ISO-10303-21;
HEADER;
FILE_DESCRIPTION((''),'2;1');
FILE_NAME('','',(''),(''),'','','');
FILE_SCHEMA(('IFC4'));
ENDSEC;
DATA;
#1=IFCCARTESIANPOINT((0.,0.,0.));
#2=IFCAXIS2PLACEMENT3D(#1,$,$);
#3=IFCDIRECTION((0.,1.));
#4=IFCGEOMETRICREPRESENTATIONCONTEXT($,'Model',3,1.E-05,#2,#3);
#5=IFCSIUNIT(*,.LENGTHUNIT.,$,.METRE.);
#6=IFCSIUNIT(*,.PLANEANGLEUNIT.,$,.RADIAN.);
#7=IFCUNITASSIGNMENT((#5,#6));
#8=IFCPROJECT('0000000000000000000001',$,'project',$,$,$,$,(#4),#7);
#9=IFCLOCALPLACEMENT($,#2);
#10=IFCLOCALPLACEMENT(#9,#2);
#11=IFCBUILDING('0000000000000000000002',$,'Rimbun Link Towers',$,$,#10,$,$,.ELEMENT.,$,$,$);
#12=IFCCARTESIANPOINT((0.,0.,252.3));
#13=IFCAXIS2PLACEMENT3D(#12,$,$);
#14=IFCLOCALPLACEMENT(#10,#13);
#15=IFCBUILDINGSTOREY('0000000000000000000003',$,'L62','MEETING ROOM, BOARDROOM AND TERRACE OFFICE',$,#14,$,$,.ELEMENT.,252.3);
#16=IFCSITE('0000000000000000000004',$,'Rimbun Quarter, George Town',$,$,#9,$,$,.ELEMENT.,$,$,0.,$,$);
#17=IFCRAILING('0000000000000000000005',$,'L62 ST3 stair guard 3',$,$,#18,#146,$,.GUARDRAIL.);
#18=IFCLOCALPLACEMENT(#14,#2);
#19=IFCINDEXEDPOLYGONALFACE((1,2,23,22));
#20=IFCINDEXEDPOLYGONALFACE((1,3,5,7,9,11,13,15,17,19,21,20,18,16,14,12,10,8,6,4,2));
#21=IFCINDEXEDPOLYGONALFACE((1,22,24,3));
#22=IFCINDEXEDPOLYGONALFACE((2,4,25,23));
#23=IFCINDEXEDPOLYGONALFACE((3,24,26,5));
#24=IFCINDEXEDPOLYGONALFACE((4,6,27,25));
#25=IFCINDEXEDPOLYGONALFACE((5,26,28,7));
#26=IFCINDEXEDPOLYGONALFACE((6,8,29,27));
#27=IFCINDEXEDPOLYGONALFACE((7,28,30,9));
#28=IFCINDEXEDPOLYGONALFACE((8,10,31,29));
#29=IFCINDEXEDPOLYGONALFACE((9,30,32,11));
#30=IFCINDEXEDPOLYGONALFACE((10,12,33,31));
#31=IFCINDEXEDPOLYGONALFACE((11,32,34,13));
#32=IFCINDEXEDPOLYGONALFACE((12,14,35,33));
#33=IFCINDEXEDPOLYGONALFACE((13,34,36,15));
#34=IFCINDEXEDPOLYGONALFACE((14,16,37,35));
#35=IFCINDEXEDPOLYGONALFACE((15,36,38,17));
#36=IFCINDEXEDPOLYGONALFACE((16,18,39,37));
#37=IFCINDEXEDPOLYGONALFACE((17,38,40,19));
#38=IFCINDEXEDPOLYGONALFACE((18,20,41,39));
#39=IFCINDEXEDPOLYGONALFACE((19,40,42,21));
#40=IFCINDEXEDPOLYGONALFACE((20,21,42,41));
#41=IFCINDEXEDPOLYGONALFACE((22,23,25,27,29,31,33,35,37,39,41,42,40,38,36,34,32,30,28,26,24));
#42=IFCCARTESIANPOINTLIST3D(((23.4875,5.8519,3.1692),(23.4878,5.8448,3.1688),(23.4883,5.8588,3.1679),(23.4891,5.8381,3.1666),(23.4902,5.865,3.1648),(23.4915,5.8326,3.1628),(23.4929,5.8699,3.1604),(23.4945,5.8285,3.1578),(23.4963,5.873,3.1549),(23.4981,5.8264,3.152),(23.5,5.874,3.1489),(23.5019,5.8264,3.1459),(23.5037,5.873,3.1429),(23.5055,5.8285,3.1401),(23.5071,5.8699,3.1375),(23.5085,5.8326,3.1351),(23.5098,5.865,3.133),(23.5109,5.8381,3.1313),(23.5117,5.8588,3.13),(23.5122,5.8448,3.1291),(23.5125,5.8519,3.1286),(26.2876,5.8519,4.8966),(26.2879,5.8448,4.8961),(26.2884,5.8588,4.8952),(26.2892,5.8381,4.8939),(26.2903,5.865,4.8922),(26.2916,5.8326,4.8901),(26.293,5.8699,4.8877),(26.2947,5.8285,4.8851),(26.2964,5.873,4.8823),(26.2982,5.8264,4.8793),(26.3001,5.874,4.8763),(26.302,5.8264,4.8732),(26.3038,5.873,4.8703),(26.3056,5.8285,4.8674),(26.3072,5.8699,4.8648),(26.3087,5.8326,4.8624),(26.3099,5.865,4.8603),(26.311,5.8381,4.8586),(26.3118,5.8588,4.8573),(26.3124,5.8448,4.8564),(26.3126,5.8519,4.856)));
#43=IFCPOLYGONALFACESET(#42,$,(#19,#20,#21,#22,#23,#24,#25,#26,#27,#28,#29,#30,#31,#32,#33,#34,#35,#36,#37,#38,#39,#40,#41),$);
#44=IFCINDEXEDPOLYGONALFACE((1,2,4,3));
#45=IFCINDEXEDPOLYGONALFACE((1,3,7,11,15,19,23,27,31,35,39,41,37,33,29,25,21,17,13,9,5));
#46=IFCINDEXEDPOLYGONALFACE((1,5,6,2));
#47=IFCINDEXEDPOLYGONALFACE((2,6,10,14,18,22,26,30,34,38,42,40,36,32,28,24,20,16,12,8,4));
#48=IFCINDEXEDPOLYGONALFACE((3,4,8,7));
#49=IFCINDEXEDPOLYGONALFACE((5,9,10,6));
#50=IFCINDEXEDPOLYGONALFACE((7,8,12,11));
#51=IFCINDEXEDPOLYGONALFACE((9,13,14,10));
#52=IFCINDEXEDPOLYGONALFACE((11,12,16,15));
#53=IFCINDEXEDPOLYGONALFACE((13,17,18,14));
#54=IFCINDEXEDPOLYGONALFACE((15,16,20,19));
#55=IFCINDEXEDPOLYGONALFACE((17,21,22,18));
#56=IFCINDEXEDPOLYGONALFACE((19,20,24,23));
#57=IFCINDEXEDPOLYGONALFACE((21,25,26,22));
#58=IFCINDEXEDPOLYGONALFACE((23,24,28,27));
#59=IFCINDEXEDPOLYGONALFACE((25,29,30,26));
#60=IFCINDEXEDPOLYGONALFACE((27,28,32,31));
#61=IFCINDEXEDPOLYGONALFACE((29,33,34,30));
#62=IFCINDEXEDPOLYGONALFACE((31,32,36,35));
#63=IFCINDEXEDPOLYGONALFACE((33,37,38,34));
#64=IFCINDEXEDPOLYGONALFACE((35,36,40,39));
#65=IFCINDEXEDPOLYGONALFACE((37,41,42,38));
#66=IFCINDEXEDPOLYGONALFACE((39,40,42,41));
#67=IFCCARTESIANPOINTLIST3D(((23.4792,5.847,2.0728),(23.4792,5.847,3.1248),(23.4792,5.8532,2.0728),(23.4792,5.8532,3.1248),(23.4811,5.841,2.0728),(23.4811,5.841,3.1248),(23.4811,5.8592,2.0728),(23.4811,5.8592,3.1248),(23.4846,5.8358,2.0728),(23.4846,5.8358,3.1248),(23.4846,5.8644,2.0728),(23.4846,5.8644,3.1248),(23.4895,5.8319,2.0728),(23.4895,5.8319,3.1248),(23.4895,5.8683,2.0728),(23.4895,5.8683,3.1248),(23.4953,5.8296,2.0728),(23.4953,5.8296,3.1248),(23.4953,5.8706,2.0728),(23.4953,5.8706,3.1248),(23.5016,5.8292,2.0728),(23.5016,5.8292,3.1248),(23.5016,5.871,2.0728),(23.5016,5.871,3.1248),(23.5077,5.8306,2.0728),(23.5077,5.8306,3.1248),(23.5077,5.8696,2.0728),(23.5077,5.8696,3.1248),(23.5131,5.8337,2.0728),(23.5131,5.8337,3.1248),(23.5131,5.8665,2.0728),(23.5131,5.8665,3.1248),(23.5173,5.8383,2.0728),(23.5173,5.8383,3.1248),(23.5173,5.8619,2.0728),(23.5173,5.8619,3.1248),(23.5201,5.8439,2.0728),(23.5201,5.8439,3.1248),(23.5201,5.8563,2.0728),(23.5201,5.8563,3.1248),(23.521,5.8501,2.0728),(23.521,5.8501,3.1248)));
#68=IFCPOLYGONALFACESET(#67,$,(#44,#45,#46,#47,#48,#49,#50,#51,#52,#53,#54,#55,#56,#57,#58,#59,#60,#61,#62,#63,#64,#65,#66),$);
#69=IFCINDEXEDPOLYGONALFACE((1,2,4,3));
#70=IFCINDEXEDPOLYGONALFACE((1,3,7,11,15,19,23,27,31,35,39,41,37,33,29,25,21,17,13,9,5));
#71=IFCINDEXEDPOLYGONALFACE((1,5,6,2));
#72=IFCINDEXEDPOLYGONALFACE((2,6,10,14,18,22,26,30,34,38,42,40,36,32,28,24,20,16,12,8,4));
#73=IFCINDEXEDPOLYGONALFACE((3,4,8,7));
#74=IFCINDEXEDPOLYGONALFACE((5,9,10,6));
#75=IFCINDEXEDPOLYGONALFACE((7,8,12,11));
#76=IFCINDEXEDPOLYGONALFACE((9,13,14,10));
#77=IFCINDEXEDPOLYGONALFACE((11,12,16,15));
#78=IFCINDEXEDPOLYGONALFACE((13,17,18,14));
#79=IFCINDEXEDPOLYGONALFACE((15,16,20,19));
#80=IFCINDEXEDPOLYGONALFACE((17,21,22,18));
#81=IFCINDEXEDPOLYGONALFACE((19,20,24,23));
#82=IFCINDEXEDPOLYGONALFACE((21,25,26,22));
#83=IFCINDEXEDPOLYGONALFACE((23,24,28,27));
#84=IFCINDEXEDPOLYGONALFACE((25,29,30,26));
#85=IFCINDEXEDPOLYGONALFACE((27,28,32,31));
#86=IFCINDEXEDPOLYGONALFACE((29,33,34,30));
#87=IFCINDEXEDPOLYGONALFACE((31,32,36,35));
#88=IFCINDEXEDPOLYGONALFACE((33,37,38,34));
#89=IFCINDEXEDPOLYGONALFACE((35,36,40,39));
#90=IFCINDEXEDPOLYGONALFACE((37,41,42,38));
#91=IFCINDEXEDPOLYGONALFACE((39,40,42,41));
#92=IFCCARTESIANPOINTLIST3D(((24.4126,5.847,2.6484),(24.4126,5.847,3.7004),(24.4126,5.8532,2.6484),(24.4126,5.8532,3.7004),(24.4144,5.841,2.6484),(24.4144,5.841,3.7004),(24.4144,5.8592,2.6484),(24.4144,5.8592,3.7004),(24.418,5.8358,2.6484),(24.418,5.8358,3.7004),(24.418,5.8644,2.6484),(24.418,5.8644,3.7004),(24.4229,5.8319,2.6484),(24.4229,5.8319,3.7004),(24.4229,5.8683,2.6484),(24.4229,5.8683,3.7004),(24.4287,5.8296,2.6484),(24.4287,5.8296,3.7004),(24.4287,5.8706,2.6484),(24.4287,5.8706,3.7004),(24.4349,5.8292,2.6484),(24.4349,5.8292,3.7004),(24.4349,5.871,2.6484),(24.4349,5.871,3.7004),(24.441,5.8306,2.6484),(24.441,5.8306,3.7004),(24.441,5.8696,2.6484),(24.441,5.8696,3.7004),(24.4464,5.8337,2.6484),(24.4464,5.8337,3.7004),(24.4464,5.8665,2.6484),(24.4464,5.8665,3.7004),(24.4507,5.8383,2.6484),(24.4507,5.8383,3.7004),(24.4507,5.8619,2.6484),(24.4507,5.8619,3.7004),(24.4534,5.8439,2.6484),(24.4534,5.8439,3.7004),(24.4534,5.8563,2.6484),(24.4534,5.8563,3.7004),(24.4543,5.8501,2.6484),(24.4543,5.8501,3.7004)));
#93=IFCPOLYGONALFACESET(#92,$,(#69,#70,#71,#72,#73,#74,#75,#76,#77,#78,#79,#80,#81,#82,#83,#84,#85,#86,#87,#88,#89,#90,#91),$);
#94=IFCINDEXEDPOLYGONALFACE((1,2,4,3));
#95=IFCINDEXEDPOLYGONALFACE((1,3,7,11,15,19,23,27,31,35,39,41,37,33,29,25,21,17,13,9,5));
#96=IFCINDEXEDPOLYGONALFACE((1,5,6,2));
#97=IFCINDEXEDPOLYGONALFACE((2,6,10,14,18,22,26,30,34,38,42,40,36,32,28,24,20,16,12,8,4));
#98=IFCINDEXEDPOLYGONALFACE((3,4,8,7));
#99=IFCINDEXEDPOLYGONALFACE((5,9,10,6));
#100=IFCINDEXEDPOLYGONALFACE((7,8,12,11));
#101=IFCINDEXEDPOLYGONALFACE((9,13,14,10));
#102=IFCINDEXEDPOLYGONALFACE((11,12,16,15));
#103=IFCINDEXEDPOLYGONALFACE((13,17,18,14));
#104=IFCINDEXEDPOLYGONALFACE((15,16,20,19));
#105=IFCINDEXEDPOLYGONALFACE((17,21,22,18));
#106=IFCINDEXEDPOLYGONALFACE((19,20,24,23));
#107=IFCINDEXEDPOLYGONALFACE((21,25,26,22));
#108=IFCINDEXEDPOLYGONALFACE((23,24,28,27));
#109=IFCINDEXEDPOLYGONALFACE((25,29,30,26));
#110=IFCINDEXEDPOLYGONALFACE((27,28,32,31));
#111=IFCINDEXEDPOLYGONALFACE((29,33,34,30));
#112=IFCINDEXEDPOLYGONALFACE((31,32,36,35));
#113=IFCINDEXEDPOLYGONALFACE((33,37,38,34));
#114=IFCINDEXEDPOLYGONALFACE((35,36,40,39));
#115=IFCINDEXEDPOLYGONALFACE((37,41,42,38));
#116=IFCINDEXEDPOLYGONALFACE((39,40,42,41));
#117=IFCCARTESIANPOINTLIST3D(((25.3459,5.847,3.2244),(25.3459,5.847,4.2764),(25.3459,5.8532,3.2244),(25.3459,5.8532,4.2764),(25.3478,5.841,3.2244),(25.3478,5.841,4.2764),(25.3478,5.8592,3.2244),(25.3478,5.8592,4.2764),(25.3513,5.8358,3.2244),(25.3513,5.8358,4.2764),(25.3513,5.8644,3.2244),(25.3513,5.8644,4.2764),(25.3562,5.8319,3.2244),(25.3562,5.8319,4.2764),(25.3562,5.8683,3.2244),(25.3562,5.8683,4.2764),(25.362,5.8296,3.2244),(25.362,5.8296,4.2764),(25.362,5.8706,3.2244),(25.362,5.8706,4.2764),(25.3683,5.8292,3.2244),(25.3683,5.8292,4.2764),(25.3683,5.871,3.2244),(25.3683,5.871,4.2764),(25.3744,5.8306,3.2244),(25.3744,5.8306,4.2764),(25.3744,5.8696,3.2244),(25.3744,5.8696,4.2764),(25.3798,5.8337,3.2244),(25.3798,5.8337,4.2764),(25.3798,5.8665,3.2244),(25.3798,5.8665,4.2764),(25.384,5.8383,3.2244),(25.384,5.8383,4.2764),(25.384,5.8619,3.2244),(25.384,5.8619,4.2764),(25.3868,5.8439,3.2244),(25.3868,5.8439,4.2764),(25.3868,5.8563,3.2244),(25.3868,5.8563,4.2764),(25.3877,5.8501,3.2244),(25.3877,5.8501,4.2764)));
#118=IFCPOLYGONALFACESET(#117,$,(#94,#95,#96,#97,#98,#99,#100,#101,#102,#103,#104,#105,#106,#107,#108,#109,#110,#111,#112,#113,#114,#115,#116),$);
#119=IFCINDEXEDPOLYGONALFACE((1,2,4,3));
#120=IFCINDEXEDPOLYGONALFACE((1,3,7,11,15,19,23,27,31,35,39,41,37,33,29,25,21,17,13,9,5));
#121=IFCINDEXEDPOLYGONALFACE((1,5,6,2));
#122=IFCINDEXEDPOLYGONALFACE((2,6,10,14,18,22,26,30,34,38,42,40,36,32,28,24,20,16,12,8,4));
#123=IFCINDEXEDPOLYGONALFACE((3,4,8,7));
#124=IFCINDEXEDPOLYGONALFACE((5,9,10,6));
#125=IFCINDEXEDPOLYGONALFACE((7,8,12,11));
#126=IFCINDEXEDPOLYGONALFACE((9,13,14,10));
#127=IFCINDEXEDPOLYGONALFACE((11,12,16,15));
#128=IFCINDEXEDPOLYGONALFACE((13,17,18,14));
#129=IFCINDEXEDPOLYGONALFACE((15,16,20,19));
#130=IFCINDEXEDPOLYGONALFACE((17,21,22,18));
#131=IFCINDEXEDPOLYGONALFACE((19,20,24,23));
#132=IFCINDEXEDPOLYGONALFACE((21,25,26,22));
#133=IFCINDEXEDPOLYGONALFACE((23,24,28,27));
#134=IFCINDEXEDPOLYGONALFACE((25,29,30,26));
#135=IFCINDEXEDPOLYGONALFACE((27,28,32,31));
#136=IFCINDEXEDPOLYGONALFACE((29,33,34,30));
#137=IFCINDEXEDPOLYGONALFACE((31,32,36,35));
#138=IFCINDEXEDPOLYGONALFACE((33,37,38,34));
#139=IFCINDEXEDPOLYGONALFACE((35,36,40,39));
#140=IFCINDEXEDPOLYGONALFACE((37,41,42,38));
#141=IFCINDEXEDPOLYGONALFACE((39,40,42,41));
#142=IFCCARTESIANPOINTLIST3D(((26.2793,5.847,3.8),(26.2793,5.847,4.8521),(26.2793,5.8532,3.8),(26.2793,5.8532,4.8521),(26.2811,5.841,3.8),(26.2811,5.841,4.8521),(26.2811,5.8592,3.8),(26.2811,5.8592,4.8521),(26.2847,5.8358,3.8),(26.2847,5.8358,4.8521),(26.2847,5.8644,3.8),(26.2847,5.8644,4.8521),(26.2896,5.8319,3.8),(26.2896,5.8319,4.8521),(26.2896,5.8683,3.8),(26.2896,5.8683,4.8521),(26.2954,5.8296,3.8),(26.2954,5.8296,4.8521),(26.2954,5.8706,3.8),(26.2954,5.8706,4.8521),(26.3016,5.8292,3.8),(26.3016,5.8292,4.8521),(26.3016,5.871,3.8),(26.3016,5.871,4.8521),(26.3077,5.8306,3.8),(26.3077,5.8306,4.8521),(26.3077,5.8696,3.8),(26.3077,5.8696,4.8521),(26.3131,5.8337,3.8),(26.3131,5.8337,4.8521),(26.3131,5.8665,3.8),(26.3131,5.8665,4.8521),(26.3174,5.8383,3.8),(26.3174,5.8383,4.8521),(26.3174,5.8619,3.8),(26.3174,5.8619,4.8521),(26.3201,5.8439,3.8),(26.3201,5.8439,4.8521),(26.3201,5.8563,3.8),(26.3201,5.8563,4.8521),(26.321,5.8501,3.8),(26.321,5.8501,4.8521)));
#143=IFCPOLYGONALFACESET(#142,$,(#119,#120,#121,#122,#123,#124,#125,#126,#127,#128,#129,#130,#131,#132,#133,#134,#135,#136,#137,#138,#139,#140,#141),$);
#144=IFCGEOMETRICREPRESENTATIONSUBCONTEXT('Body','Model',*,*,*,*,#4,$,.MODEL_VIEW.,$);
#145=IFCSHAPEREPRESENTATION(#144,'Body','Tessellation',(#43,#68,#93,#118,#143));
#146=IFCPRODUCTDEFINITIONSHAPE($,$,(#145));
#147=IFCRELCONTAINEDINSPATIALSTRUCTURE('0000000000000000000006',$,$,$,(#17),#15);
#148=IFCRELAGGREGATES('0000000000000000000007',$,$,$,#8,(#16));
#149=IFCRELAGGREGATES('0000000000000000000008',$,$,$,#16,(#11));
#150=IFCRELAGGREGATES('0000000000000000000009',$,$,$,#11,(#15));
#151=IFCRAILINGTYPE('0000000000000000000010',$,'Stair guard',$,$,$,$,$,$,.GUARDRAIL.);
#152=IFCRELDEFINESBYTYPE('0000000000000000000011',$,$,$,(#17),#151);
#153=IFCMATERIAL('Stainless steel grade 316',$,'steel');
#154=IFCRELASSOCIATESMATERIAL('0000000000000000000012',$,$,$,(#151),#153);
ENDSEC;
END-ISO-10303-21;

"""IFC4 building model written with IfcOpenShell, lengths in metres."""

from ifc_helpers import new_model, si_unit, direction, frame, origin, origin_2d, place, context, subcontext, project, spatial, circle, extrude, material, type_object, element, save


model = new_model("IFC4")

# Units and contexts
model_context = context("Model", 3, precision=1e-05, world=origin(), true_north=direction((0.0, 1.0)))
body_context = subcontext(model_context, "Body", "Model", "MODEL_VIEW")
ifc_project = project(units=[si_unit("LENGTHUNIT", "METRE"), si_unit("PLANEANGLEUNIT", "RADIAN")], contexts=[model_context])

# Site, building, storey
site_placement = place(None, origin())
site = spatial("IfcSite", under=ifc_project, at=site_placement, Name="Rimbun Quarter, George Town", CompositionType="ELEMENT", RefElevation=0.0)
building_placement = place(site_placement, origin())
building = spatial("IfcBuilding", under=site, at=building_placement, Name="Rimbun Link Towers", CompositionType="ELEMENT")
storey_placement = place(building_placement, frame((0.0, 0.0, 252.3)))
storey = spatial("IfcBuildingStorey", under=building, at=storey_placement, Name="L62", Description="MEETING ROOM, BOARDROOM AND TERRACE OFFICE", CompositionType="ELEMENT", Elevation=252.3)

# Railing
ifc_material_1 = material(Name="Stainless steel grade 316", Category="steel")
railing_type_1 = type_object("IfcRailingType", Name="Stair guard", PredefinedType="GUARDRAIL", material=ifc_material_1)
railing_1_placement = place(storey_placement, frame((23.5, 5.8501, 2.0728)))
element("IfcRailing", 1, at=railing_1_placement, inside=storey, type_object=railing_type_1, Name="L62 ST3 stair guard 3", PredefinedType="GUARDRAIL", context=body_context, shape_type="SweptSolid", body=[
    extrude(circle(Radius=0.0239, at=origin_2d()), frame((0.0, 0.0, 1.0762), z_axis=(0.85109, 0.0, 0.52502), x_axis=(0.0, 1.0, 0.0)), (0.0, 0.0, 1.0), 3.29),
    extrude(circle(Radius=0.021, at=origin_2d()), origin(), (0.0, 0.0, 1.0), 1.052),
    extrude(circle(Radius=0.021, at=origin_2d()), frame((0.9333, 0.0, 0.5757)), (0.0, 0.0, 1.0), 1.052),
    extrude(circle(Radius=0.021, at=origin_2d()), frame((1.8667, 0.0, 1.1516)), (0.0, 0.0, 1.0), 1.052),
    extrude(circle(Radius=0.021, at=origin_2d()), frame((2.8, 0.0, 1.7273)), (0.0, 0.0, 1.0), 1.052),
])

save(model, "model.ifc")
